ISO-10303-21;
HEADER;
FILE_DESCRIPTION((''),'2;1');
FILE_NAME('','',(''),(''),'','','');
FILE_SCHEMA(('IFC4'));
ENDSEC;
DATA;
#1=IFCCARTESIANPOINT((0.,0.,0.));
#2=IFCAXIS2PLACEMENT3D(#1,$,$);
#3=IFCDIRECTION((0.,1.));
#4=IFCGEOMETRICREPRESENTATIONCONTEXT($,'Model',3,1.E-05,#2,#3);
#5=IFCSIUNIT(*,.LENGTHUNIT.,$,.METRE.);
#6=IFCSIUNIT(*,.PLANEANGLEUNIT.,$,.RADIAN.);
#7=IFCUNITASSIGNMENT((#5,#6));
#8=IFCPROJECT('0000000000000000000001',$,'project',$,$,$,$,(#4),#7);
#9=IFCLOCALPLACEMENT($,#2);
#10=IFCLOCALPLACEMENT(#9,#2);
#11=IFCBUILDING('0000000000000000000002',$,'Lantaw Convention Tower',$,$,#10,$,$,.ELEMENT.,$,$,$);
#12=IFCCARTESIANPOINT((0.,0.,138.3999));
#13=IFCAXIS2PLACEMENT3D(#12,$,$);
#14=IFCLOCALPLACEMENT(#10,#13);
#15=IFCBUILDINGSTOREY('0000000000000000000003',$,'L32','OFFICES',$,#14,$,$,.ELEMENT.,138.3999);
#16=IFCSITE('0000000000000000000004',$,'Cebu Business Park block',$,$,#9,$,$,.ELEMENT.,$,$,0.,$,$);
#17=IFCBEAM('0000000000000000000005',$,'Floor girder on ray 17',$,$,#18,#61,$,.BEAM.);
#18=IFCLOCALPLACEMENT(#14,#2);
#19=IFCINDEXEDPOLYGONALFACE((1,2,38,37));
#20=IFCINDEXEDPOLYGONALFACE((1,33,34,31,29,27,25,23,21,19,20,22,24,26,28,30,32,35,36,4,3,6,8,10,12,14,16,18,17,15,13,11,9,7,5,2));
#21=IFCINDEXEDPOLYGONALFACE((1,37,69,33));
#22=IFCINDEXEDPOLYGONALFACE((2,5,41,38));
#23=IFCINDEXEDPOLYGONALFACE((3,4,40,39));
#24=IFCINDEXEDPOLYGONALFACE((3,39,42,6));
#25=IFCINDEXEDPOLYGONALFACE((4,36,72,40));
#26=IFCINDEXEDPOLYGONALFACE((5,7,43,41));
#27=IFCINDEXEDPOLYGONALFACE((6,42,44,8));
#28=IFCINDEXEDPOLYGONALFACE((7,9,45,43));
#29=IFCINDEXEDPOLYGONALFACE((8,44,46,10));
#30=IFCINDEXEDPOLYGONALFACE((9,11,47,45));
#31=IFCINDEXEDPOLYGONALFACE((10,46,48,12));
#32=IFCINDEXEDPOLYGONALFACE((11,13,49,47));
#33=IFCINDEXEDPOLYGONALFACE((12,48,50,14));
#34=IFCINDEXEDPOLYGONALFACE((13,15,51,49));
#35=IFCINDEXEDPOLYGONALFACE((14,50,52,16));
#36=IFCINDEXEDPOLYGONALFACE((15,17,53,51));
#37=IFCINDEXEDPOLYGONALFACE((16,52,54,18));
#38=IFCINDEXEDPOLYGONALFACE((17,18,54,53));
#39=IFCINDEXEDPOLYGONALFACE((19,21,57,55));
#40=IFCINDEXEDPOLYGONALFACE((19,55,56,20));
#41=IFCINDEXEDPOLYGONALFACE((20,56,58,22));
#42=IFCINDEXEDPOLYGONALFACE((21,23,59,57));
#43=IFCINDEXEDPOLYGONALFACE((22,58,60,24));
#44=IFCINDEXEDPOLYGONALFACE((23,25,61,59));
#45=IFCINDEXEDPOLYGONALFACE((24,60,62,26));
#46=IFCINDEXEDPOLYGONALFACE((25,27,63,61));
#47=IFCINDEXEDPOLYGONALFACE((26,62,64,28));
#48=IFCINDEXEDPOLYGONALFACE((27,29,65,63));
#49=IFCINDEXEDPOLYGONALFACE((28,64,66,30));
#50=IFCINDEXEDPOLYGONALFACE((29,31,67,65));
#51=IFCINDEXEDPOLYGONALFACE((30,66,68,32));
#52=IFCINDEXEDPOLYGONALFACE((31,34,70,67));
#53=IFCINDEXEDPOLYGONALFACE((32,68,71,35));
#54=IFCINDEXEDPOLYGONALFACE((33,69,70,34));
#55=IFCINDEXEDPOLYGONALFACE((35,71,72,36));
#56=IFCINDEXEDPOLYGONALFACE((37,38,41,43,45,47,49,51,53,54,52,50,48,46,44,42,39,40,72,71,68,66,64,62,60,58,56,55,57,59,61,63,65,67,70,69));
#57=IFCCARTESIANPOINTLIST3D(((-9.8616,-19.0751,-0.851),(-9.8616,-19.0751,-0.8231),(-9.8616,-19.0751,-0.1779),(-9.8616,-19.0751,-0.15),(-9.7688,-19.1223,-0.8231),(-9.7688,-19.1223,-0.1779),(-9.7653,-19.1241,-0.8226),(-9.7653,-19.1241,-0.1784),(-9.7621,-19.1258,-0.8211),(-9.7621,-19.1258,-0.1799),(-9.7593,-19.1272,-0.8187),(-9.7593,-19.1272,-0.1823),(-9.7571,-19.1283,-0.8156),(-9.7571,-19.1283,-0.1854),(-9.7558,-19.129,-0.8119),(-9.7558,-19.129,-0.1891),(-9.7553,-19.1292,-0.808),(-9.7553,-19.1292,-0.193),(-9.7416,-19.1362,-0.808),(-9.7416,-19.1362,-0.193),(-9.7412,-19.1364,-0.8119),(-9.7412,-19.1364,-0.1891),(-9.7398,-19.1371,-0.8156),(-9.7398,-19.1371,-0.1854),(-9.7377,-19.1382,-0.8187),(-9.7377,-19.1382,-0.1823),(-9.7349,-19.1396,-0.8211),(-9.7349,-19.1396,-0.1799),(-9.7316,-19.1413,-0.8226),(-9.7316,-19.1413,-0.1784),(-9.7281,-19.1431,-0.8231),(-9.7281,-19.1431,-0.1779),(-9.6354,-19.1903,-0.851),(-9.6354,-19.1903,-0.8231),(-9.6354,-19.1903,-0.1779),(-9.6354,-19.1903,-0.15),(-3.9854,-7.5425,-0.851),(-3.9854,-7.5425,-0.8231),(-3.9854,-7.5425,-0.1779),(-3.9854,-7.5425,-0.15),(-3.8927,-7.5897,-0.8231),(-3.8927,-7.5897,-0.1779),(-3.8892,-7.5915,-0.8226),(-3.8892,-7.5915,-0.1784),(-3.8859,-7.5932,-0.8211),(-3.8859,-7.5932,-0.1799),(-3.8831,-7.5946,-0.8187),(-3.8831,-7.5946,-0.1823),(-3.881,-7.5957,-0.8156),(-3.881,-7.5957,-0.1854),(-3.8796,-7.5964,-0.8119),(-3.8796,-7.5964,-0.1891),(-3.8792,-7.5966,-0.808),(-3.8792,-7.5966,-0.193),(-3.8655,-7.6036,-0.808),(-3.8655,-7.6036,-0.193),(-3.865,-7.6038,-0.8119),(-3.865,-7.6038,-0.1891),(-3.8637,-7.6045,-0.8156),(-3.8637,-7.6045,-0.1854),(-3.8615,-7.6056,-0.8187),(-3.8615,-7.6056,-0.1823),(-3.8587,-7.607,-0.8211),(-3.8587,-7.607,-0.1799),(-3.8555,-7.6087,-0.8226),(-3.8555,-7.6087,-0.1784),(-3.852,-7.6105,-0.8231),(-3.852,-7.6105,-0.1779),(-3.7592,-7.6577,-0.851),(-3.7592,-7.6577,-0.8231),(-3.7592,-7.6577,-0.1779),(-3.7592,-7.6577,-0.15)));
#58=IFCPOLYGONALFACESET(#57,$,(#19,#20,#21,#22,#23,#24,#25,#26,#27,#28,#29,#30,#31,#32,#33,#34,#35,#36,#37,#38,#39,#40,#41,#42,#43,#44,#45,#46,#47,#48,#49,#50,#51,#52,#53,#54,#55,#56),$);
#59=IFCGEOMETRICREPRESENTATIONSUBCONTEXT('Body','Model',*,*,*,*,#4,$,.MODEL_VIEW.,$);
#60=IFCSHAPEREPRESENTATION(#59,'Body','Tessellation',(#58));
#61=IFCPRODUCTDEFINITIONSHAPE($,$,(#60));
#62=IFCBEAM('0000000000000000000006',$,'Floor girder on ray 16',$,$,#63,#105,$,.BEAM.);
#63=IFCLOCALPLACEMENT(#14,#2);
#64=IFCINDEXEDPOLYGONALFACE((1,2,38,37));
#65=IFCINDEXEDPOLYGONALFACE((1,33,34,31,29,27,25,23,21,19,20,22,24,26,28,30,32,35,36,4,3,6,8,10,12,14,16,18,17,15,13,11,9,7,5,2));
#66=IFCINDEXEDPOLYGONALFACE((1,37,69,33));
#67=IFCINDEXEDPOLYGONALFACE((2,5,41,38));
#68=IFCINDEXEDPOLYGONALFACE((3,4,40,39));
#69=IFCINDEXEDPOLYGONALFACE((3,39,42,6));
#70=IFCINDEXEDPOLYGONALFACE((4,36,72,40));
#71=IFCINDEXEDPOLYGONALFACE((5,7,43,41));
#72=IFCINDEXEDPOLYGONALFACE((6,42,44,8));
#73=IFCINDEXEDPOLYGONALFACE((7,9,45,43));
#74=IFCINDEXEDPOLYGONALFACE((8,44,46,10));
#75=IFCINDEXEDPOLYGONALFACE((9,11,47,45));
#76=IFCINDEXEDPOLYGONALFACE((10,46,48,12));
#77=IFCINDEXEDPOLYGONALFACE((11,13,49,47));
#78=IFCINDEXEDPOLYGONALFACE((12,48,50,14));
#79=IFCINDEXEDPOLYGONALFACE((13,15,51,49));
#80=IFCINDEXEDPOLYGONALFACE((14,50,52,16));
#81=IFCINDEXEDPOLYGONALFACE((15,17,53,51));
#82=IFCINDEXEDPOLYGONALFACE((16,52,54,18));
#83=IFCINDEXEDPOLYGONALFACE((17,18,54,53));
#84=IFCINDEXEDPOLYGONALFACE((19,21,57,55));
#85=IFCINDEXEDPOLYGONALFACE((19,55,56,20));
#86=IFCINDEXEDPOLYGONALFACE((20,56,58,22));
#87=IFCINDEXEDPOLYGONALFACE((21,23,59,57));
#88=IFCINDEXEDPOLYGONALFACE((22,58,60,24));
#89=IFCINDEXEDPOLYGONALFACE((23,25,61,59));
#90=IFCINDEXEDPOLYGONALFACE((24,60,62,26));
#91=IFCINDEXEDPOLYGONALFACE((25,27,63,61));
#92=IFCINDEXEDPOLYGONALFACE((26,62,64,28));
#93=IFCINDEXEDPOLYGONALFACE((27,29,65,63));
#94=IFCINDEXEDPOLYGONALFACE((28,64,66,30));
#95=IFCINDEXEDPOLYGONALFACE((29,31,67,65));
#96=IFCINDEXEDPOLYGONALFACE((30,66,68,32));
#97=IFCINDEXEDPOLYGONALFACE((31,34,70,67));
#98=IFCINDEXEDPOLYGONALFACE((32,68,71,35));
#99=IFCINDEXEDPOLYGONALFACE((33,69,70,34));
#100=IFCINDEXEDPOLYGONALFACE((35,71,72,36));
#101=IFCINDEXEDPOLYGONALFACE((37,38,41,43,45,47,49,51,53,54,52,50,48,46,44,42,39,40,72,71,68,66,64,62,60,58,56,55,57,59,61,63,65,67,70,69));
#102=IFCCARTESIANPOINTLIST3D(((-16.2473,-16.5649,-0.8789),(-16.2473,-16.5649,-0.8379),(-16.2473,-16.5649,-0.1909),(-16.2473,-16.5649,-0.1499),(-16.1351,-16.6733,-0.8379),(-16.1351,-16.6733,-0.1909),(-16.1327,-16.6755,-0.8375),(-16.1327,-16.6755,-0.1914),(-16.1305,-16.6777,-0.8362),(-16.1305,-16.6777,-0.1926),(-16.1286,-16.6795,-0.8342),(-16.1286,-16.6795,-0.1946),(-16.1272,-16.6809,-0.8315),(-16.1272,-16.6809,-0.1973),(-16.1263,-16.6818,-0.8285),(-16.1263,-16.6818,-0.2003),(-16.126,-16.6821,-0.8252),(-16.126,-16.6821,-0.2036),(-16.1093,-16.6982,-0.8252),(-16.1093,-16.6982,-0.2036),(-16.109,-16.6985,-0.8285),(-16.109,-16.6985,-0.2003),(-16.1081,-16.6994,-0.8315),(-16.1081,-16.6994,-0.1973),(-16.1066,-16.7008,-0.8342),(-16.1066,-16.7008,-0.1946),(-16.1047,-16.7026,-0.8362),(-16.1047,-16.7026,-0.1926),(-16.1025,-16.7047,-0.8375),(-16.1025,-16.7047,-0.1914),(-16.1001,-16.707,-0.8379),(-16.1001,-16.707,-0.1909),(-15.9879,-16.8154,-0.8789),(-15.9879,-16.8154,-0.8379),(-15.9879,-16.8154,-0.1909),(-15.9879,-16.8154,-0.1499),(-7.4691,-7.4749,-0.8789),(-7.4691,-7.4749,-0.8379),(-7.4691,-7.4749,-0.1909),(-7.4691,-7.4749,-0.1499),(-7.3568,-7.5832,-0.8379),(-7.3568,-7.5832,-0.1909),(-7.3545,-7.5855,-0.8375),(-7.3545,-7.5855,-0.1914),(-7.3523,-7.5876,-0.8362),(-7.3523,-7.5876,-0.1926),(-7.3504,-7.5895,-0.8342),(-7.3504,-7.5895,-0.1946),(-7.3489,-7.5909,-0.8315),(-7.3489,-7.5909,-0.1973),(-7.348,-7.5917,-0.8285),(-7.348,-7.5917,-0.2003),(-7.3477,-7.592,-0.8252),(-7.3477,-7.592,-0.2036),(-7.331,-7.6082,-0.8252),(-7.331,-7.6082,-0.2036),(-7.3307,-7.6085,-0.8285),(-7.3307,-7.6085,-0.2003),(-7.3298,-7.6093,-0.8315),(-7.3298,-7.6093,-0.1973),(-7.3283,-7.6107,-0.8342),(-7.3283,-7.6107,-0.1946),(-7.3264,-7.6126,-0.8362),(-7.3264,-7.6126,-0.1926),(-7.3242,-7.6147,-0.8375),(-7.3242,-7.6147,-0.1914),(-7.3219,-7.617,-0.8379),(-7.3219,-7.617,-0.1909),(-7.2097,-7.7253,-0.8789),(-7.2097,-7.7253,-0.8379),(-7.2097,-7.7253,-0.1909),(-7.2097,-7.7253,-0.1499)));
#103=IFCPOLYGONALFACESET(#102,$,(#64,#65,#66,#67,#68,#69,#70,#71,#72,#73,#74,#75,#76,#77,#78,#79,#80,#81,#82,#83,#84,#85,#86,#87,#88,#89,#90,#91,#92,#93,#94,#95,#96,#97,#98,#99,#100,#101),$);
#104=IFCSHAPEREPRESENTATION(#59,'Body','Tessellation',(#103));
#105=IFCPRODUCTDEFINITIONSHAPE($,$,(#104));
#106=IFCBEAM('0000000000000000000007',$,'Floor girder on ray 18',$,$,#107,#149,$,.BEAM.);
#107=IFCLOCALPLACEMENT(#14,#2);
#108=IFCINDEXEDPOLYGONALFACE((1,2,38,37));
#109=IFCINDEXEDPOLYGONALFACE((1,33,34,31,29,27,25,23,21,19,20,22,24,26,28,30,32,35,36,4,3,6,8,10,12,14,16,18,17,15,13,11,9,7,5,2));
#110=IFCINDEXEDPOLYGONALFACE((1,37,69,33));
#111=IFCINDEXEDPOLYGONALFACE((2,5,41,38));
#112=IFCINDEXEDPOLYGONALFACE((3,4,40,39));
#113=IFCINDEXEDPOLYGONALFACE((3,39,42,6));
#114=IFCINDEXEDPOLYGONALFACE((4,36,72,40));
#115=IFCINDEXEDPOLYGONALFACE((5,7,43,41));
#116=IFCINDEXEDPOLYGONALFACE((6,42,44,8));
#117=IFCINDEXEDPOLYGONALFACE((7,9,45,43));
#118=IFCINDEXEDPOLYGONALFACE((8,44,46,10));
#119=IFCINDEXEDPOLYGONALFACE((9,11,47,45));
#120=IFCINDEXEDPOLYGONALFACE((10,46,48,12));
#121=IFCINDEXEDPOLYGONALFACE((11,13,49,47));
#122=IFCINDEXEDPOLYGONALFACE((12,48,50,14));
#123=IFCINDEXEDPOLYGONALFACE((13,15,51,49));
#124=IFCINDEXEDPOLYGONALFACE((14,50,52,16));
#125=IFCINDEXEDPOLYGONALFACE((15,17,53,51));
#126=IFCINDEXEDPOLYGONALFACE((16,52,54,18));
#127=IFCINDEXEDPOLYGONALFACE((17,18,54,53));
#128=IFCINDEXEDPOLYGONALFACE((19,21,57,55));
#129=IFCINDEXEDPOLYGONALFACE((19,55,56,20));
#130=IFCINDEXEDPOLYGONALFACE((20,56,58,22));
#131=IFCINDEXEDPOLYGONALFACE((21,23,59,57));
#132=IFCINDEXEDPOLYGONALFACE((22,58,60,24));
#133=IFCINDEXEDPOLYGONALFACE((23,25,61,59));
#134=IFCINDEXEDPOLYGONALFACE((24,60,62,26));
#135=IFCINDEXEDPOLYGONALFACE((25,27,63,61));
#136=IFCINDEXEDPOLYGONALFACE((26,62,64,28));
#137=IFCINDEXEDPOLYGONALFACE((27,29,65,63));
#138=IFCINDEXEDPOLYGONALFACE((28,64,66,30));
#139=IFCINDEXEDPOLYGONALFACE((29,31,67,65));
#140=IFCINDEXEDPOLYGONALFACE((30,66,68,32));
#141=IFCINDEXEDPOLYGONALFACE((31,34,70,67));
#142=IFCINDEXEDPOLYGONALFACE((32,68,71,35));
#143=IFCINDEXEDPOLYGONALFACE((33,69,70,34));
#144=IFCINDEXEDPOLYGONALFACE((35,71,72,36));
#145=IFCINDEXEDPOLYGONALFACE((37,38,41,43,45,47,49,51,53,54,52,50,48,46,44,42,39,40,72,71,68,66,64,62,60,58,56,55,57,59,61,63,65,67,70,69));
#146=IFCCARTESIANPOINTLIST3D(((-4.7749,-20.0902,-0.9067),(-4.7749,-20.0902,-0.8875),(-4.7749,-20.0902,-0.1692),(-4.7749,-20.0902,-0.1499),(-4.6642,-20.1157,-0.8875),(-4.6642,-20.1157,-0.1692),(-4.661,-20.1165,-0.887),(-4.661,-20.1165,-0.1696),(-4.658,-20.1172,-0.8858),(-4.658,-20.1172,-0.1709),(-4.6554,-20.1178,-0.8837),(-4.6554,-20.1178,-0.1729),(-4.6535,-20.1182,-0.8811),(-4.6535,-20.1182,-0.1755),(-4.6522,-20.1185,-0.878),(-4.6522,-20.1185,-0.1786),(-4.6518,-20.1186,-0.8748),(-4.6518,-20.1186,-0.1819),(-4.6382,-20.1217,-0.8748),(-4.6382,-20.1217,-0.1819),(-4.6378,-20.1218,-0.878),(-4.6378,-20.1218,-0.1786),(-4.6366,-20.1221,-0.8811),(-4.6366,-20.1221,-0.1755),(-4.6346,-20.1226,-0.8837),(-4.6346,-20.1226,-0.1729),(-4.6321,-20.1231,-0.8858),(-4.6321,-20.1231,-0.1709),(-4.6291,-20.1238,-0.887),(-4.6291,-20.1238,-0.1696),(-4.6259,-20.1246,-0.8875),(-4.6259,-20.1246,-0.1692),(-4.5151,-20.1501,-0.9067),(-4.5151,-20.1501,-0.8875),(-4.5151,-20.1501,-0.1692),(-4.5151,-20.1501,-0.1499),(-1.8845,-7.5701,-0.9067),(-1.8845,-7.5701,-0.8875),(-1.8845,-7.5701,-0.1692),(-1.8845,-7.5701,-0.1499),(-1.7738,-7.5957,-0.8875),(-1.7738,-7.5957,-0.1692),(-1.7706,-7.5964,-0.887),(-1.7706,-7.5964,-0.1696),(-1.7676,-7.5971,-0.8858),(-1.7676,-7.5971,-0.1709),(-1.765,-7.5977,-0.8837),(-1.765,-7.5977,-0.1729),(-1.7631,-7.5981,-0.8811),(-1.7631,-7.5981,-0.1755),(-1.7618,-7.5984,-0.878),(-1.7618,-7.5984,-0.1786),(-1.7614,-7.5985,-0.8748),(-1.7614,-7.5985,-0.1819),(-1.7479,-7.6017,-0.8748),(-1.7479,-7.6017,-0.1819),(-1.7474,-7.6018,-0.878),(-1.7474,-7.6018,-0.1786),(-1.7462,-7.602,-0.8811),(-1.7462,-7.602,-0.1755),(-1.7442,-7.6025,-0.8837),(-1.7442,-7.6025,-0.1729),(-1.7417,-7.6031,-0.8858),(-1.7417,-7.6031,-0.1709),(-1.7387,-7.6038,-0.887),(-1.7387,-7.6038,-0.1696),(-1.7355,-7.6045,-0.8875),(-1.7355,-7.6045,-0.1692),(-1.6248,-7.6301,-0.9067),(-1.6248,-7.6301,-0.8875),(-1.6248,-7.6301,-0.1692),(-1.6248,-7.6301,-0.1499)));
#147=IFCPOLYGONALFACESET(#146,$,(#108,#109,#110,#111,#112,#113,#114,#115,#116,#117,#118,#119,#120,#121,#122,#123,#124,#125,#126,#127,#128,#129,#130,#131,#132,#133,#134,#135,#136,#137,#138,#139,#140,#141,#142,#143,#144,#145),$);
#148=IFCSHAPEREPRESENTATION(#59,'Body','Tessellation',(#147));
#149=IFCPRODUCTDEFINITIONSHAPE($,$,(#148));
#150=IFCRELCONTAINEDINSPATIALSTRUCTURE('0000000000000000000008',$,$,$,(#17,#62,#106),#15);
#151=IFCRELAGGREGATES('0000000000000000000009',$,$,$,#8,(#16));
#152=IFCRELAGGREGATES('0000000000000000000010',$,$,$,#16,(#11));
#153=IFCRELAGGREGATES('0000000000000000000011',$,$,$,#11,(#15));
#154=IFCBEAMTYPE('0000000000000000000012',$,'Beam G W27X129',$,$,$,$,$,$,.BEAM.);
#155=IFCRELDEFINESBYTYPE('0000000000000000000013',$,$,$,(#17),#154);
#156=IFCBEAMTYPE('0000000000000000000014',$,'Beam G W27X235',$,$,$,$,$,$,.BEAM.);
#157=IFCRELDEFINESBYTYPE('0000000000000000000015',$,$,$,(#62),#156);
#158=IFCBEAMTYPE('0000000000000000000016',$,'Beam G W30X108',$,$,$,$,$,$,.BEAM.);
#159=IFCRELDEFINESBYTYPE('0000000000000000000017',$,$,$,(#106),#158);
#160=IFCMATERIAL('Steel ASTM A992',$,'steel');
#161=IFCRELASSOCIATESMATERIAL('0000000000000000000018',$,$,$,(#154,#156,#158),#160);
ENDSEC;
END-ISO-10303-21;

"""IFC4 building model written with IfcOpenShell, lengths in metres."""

from ifc_helpers import new_model, si_unit, direction, frame, origin, origin_2d, place, context, subcontext, project, spatial, i_section, extrude, material, material_profile, profile_set, type_object, element, save


model = new_model("IFC4")

# Units and contexts
model_context = context("Model", 3, precision=1e-05, world=origin(), true_north=direction((0.0, 1.0)))
body_context = subcontext(model_context, "Body", "Model", "MODEL_VIEW")
ifc_project = project(units=[si_unit("LENGTHUNIT", "METRE"), si_unit("PLANEANGLEUNIT", "RADIAN")], contexts=[model_context])

# Site, building, storey
site_placement = place(None, origin())
site = spatial("IfcSite", under=ifc_project, at=site_placement, Name="Cebu Business Park block", CompositionType="ELEMENT", RefElevation=0.0)
building_placement = place(site_placement, origin())
building = spatial("IfcBuilding", under=site, at=building_placement, Name="Lantaw Convention Tower", CompositionType="ELEMENT")
storey_placement = place(building_placement, frame((0.0, 0.0, 138.3999)))
storey = spatial("IfcBuildingStorey", under=building, at=storey_placement, Name="L32", Description="OFFICES", CompositionType="ELEMENT", Elevation=138.3999)

# Beams
ifc_material_1 = material(Name="Steel ASTM A992", Category="steel")
ifc_material_profile_1 = material_profile(ifc_material_1, i_section(OverallWidth=0.2539, OverallDepth=0.7009, WebThickness=0.0154, FlangeThickness=0.0278, FilletRadius=0.0151, at=origin_2d()), Name="W27X129")
ifc_profile_set_1 = profile_set([ifc_material_profile_1], Name="Steel ASTM A992")
beam_type_1 = type_object("IfcBeamType", Name="Beam G W27X129", PredefinedType="BEAM", material=ifc_profile_set_1)
beam_1_placement = place(storey_placement, frame((-3.8723, -7.6001, -0.5005), z_axis=(-0.453991, -0.891006, 0.0), x_axis=(0.891006, -0.453991, 0.0)))
element("IfcBeam", 1, at=beam_1_placement, inside=storey, type_object=beam_type_1, Name="Floor girder on ray 17", PredefinedType="BEAM", context=body_context, shape_type="SweptSolid", body=[
    extrude(i_section(OverallWidth=0.2539, OverallDepth=0.7009, WebThickness=0.0154, FlangeThickness=0.0278, FilletRadius=0.0151, at=origin_2d()), origin(), (0.0, 0.0, 1.0), 12.9434),
])
ifc_material_profile_2 = material_profile(ifc_material_1, i_section(OverallWidth=0.3606, OverallDepth=0.729, WebThickness=0.0232, FlangeThickness=0.041, FilletRadius=0.0127, at=origin_2d()), Name="W27X235")
ifc_profile_set_2 = profile_set([ifc_material_profile_2], Name="Steel ASTM A992")
beam_type_2 = type_object("IfcBeamType", Name="Beam G W27X235", PredefinedType="BEAM", material=ifc_profile_set_2)
beam_2_placement = place(storey_placement, frame((-7.3394, -7.6001, -0.5144), z_axis=(-0.694663, -0.719335, 0.0), x_axis=(0.719335, -0.694663, 0.0)))
element("IfcBeam", 2, at=beam_2_placement, inside=storey, type_object=beam_type_2, Name="Floor girder on ray 16", PredefinedType="BEAM", context=body_context, shape_type="SweptSolid", body=[
    extrude(i_section(OverallWidth=0.3606, OverallDepth=0.729, WebThickness=0.0232, FlangeThickness=0.041, FilletRadius=0.0127, at=origin_2d()), origin(), (0.0, 0.0, 1.0), 12.6367),
])
ifc_material_profile_3 = material_profile(ifc_material_1, i_section(OverallWidth=0.2666, OverallDepth=0.7568, WebThickness=0.0139, FlangeThickness=0.0193, FilletRadius=0.0127, at=origin_2d()), Name="W30X108")
ifc_profile_set_3 = profile_set([ifc_material_profile_3], Name="Steel ASTM A992")
beam_type_3 = type_object("IfcBeamType", Name="Beam G W30X108", PredefinedType="BEAM", material=ifc_profile_set_3)
beam_3_placement = place(storey_placement, frame((-1.7546, -7.6001, -0.5283), z_axis=(-0.224944, -0.974372, 0.0), x_axis=(0.974372, -0.224944, 0.0)))
element("IfcBeam", 3, at=beam_3_placement, inside=storey, type_object=beam_type_3, Name="Floor girder on ray 18", PredefinedType="BEAM", context=body_context, shape_type="SweptSolid", body=[
    extrude(i_section(OverallWidth=0.2666, OverallDepth=0.7568, WebThickness=0.0139, FlangeThickness=0.0193, FilletRadius=0.0127, at=origin_2d()), origin(), (0.0, 0.0, 1.0), 12.8494),
])

save(model, "model.ifc")
